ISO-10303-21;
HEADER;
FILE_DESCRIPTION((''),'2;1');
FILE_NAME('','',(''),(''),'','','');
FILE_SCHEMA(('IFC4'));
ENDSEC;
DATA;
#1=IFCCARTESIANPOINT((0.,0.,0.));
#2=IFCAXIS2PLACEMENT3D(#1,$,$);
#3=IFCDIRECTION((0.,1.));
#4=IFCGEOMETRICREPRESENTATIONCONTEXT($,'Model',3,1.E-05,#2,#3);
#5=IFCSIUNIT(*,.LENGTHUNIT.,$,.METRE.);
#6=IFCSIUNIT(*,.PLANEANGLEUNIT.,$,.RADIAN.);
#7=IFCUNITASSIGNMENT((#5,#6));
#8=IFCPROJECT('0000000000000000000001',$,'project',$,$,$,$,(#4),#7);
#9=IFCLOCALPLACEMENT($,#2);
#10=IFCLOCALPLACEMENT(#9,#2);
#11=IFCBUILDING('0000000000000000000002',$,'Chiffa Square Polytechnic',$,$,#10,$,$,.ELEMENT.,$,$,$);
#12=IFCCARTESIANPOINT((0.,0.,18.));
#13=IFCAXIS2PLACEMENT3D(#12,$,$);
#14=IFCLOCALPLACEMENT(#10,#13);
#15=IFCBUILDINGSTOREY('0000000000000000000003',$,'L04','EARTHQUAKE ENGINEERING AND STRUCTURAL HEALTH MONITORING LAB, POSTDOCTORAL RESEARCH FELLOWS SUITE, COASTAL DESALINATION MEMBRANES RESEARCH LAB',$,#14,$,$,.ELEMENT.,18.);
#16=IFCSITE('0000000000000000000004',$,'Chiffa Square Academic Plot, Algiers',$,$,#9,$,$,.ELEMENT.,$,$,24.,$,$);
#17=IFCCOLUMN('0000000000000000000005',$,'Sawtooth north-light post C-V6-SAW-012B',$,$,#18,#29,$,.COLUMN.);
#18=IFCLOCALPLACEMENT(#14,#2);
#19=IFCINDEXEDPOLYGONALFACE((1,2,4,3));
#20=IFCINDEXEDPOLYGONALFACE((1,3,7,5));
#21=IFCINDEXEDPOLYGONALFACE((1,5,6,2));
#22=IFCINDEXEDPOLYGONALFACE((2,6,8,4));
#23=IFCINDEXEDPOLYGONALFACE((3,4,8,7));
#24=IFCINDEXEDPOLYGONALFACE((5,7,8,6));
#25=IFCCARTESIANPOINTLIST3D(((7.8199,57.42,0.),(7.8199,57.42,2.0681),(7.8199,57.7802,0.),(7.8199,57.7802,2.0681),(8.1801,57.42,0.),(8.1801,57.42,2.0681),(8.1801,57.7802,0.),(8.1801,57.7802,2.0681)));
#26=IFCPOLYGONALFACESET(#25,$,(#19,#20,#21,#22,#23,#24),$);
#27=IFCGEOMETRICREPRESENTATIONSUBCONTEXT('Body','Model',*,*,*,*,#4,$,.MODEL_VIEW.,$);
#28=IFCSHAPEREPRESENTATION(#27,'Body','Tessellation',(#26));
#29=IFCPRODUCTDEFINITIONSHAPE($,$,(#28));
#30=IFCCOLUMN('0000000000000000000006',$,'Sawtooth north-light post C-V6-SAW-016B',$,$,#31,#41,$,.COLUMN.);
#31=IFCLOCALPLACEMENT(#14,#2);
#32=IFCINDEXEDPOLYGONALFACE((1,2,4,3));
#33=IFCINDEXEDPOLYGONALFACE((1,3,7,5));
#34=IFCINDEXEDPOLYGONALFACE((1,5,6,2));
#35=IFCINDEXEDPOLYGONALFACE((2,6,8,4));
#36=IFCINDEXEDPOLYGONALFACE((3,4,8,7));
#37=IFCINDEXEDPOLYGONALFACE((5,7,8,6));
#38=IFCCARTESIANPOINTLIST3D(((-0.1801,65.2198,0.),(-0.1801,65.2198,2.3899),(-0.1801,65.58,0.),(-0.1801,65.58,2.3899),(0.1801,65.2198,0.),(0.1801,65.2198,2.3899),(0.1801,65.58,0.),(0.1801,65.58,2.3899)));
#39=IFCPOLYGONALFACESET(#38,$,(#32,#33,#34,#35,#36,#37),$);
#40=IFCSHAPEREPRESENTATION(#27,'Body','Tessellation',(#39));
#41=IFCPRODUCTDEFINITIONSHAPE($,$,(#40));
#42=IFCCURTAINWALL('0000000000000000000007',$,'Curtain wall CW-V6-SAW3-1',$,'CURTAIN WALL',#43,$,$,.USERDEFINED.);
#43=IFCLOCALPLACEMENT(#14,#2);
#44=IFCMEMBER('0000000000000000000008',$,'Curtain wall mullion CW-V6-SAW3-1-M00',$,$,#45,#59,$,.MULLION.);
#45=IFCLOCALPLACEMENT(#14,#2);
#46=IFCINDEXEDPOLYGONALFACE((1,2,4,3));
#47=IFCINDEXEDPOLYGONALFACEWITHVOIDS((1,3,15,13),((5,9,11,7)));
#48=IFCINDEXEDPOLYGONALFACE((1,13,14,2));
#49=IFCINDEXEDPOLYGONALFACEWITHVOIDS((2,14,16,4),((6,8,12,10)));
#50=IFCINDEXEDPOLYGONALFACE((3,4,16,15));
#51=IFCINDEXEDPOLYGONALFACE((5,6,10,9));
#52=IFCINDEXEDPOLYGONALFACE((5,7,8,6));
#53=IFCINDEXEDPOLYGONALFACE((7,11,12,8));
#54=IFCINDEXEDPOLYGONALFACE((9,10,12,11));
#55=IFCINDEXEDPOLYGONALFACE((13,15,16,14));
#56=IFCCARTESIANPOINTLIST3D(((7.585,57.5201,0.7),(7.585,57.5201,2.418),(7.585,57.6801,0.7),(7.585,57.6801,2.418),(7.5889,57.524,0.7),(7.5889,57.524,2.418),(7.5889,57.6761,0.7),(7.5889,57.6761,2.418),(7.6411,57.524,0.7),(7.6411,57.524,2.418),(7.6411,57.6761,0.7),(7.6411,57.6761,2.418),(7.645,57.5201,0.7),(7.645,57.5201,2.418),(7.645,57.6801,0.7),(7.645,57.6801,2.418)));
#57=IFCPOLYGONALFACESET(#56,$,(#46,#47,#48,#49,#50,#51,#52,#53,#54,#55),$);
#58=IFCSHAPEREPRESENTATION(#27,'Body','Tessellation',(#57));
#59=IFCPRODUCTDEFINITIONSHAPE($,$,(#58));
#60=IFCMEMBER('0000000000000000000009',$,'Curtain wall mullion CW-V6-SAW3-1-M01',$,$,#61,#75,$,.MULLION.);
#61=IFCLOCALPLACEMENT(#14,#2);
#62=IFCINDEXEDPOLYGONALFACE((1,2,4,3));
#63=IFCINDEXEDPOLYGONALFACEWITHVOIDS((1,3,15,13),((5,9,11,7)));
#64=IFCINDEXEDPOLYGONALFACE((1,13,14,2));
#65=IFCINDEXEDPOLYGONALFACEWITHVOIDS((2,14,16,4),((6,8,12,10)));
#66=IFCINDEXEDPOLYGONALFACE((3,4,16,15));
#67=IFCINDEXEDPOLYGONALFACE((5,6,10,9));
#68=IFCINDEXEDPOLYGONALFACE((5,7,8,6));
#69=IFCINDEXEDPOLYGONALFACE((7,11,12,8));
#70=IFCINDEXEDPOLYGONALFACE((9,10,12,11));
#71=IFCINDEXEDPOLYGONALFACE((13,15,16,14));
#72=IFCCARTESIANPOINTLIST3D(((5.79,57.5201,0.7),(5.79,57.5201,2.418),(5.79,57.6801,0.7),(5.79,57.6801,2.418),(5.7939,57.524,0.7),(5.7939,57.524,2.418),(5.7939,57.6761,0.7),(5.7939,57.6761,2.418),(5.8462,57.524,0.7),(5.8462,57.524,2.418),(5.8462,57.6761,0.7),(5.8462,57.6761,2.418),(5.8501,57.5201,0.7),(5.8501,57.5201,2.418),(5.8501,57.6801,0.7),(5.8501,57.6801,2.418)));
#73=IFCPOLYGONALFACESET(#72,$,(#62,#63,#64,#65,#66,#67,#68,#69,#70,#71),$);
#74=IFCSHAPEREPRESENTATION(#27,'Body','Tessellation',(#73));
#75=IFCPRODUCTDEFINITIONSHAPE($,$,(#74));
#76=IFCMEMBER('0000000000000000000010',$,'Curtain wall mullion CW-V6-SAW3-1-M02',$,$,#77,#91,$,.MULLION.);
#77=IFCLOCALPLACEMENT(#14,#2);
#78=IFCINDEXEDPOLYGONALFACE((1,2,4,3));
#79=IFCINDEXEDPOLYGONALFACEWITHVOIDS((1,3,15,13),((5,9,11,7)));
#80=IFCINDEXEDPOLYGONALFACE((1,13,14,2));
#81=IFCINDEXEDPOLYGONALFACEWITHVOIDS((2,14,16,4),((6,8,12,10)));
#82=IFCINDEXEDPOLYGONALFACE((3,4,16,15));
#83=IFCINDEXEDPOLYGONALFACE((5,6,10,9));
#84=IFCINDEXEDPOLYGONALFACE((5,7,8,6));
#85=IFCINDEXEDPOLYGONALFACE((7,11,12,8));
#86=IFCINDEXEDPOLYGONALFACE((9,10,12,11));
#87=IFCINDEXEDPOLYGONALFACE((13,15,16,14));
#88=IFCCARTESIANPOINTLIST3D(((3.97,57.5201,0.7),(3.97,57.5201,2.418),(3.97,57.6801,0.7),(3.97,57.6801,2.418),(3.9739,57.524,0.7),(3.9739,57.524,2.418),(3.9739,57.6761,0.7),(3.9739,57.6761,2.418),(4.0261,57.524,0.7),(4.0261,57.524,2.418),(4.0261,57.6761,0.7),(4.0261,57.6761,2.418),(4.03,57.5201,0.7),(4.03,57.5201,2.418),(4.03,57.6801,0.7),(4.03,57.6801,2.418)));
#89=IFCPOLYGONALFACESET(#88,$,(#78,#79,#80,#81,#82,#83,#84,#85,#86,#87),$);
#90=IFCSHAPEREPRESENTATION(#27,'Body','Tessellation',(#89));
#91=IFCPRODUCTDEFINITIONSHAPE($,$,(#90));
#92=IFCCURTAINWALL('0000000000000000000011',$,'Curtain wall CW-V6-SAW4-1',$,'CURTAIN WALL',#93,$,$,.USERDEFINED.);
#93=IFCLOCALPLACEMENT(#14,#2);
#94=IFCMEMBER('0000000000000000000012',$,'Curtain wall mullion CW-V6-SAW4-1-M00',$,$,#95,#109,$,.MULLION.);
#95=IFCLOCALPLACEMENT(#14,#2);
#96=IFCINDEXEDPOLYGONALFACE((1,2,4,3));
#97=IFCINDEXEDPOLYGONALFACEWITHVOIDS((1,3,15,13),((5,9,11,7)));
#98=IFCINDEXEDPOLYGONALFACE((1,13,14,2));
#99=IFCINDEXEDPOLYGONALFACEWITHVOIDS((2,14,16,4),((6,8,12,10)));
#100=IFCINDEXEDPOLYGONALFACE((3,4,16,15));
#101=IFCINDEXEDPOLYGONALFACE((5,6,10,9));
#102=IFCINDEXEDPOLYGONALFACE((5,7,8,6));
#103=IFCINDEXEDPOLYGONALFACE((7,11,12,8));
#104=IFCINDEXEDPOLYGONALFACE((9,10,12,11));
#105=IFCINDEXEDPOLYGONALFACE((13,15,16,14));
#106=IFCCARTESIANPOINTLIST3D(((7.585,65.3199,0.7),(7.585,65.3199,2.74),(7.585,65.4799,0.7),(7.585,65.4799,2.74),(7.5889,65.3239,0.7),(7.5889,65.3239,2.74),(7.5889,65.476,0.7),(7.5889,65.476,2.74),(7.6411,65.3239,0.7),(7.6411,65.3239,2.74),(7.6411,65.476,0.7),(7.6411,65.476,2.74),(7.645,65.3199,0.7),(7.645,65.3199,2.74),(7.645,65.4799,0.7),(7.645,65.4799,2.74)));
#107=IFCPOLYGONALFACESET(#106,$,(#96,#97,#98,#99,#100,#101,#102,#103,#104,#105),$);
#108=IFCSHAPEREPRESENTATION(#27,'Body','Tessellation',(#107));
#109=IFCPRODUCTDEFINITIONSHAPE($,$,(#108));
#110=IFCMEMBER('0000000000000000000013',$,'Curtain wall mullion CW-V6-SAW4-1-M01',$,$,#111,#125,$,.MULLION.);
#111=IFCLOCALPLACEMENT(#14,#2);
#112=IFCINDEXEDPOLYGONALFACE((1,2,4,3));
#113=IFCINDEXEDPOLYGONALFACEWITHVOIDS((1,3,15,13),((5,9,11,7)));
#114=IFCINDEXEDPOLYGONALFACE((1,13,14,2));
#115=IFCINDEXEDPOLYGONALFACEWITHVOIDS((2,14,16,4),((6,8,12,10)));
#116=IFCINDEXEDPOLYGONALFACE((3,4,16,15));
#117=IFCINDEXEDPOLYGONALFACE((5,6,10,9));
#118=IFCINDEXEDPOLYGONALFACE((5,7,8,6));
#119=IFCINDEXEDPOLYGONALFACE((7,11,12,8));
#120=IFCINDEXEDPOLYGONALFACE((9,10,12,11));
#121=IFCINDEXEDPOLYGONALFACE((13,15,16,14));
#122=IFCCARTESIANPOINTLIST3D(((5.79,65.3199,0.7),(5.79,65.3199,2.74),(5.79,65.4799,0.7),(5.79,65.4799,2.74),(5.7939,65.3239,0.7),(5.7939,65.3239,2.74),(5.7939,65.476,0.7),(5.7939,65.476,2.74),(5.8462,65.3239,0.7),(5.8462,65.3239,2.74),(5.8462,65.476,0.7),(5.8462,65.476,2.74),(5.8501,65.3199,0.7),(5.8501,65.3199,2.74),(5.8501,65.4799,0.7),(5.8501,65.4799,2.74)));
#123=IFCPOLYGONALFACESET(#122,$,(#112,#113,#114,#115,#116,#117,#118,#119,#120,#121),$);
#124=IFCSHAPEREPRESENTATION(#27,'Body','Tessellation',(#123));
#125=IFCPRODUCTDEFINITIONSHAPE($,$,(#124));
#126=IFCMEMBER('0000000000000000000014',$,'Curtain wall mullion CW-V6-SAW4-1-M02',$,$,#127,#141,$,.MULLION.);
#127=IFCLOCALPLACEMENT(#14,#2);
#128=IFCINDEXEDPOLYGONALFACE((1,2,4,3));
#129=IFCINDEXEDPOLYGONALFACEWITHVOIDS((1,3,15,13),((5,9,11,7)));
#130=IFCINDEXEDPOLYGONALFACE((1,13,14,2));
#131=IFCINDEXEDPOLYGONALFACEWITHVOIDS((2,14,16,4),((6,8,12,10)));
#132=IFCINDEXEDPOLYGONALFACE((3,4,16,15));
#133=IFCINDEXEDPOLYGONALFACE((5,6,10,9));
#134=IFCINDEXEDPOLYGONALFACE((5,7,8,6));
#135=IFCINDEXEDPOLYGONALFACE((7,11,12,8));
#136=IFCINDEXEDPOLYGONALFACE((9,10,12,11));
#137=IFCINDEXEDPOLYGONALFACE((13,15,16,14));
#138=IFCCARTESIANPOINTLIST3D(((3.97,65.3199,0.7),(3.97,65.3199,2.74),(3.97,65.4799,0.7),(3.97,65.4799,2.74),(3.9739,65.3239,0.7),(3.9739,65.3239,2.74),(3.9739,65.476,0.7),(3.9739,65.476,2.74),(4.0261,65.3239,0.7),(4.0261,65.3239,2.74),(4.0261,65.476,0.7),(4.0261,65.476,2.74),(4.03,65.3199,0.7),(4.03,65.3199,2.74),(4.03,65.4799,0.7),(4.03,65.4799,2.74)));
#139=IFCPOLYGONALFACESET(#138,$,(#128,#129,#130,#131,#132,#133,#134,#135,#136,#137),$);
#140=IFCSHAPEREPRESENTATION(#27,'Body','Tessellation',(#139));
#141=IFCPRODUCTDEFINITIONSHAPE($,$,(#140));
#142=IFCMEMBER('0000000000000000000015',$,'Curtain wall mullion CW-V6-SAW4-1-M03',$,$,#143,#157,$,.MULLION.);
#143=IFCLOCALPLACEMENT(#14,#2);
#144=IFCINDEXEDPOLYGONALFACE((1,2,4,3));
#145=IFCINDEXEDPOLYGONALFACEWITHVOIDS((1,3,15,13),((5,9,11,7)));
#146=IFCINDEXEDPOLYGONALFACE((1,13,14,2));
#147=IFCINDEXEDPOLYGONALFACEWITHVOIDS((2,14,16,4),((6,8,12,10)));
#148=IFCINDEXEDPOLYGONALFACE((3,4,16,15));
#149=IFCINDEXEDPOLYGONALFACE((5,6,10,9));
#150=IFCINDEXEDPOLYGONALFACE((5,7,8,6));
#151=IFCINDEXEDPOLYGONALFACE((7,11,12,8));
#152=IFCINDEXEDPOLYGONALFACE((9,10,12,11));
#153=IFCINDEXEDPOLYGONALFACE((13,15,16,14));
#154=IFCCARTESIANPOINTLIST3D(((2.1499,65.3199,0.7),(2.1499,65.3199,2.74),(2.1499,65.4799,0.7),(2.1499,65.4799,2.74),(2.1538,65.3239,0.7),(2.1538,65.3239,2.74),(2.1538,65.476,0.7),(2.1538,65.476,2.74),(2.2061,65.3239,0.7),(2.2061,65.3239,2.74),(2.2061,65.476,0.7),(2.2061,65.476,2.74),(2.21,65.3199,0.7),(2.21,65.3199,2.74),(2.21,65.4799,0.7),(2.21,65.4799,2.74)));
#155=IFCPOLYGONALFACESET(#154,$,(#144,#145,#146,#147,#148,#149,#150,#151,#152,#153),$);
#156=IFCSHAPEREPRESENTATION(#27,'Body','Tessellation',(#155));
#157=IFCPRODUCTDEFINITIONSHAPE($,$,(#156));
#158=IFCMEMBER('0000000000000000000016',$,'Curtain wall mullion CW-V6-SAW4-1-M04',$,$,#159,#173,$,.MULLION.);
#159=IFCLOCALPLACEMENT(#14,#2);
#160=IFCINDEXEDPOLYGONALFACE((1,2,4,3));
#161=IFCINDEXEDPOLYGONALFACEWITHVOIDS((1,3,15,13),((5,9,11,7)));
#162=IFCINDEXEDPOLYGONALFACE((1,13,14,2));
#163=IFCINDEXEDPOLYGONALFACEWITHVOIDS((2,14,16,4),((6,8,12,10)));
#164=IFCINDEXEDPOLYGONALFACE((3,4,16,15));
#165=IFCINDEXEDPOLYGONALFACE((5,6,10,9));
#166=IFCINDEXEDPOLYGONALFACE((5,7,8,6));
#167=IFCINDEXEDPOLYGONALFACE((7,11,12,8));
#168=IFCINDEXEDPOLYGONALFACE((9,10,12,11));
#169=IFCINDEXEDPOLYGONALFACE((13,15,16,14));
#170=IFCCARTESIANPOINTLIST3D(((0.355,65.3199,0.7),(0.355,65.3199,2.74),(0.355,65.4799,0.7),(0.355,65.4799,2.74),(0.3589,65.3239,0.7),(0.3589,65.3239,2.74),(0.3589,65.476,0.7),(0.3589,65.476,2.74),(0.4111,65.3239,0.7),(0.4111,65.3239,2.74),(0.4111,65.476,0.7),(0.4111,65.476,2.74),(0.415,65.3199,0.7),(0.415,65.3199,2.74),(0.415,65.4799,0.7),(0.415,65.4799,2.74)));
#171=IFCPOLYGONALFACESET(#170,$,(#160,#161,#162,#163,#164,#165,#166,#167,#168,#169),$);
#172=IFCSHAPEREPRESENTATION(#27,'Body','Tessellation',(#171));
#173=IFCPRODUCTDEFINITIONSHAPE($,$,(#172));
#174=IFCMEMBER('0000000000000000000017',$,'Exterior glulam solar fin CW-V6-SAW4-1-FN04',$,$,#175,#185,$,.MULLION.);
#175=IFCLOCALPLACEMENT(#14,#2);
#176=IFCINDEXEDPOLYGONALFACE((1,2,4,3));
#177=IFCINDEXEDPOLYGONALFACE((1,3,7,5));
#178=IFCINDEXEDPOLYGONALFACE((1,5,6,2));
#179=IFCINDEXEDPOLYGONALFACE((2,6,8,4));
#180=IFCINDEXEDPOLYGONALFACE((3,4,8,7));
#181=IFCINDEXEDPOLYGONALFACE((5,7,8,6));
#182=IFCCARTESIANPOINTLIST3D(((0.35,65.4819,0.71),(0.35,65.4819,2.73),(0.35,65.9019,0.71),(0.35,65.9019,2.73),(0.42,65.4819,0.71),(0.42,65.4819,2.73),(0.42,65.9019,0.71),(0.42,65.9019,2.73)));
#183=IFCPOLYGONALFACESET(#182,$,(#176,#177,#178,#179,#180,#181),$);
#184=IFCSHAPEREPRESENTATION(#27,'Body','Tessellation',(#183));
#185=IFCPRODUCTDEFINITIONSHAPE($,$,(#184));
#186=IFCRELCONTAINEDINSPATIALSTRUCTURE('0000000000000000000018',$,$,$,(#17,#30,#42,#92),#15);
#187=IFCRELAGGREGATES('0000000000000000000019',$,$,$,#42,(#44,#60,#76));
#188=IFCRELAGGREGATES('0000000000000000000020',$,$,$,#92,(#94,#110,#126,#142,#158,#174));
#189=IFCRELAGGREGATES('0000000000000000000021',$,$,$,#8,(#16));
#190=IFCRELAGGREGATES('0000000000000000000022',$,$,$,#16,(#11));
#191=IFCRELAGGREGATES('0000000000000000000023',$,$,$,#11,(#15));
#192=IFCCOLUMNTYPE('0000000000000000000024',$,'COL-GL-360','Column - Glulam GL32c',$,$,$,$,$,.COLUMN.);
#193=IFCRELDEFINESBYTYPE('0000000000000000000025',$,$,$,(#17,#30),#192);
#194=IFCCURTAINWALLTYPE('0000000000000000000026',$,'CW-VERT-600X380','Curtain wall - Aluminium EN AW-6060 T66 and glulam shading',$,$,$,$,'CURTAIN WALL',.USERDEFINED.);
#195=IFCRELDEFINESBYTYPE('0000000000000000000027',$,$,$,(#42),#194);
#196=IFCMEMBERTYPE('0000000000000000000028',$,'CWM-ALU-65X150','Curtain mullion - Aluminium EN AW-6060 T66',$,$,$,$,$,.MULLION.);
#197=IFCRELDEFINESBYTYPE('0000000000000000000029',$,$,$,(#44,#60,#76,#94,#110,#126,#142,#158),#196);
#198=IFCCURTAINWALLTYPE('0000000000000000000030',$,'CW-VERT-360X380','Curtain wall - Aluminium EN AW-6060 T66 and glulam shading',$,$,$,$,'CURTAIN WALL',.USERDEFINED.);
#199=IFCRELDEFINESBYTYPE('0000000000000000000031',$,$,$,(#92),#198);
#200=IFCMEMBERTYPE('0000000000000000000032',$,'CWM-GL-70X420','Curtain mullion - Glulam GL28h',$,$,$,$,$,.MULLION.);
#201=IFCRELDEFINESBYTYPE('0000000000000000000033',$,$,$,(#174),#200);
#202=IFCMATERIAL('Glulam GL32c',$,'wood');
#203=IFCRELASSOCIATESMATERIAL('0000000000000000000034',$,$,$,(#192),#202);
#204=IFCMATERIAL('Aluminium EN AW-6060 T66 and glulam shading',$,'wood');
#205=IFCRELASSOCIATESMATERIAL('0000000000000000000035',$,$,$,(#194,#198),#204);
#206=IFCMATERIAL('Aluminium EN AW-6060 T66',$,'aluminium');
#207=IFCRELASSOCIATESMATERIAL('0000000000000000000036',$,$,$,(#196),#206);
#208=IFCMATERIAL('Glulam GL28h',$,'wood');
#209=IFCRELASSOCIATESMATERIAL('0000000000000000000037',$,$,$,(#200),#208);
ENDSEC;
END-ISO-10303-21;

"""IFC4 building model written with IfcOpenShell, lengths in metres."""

from ifc_helpers import new_model, si_unit, direction, frame, origin, origin_2d, place, context, subcontext, project, spatial, rectangle, hollow_rectangle, extrude, material, material_profile, profile_set, type_object, element, aggregate, save


model = new_model("IFC4")

# Units and contexts
model_context = context("Model", 3, precision=1e-05, world=origin(), true_north=direction((0.0, 1.0)))
body_context = subcontext(model_context, "Body", "Model", "MODEL_VIEW")
ifc_project = project(units=[si_unit("LENGTHUNIT", "METRE"), si_unit("PLANEANGLEUNIT", "RADIAN")], contexts=[model_context])

# Site, building, storey
site_placement = place(None, origin())
site = spatial("IfcSite", under=ifc_project, at=site_placement, Name="Chiffa Square Academic Plot, Algiers", CompositionType="ELEMENT", RefElevation=24.0)
building_placement = place(site_placement, origin())
building = spatial("IfcBuilding", under=site, at=building_placement, Name="Chiffa Square Polytechnic", CompositionType="ELEMENT")
storey_placement = place(building_placement, frame((0.0, 0.0, 18.0)))
storey = spatial("IfcBuildingStorey", under=building, at=storey_placement, Name="L04", Description="EARTHQUAKE ENGINEERING AND STRUCTURAL HEALTH MONITORING LAB, POSTDOCTORAL RESEARCH FELLOWS SUITE, COASTAL DESALINATION MEMBRANES RESEARCH LAB", CompositionType="ELEMENT", Elevation=18.0)

# Columns
ifc_material_1 = material(Name="Glulam GL32c", Category="wood")
ifc_material_profile_1 = material_profile(ifc_material_1, rectangle(XDim=0.3601, YDim=0.3601, at=origin_2d()), Name="GL32c 360x360")
ifc_profile_set_1 = profile_set([ifc_material_profile_1], Name="Glulam GL32c")
column_type = type_object("IfcColumnType", Name="COL-GL-360", Description="Column - Glulam GL32c", PredefinedType="COLUMN", material=ifc_profile_set_1)
column_1_placement = place(storey_placement, frame((8.0, 57.6001, 0.0), z_axis=(0.0, 0.0, 1.0), x_axis=(1.0, 0.0, 0.0)))
element("IfcColumn", 1, at=column_1_placement, inside=storey, type_object=column_type, Name="Sawtooth north-light post C-V6-SAW-012B", PredefinedType="COLUMN", context=body_context, shape_type="SweptSolid", body=[
    extrude(rectangle(XDim=0.3601, YDim=0.3601, at=origin_2d()), origin(), (0.0, 0.0, 1.0), 2.0681),
])
column_2_placement = place(storey_placement, frame((0.0, 65.3999, 0.0), z_axis=(0.0, 0.0, 1.0), x_axis=(1.0, 0.0, 0.0)))
element("IfcColumn", 2, at=column_2_placement, inside=storey, type_object=column_type, Name="Sawtooth north-light post C-V6-SAW-016B", PredefinedType="COLUMN", context=body_context, shape_type="SweptSolid", body=[
    extrude(rectangle(XDim=0.3601, YDim=0.3601, at=origin_2d()), origin(), (0.0, 0.0, 1.0), 2.3899),
])

# Curtain walls, members
ifc_material_2 = material(Name="Aluminium EN AW-6060 T66 and glulam shading", Category="wood")
curtain_wall_type_1 = type_object("IfcCurtainWallType", Name="CW-VERT-600X380", Description="Curtain wall - Aluminium EN AW-6060 T66 and glulam shading", ElementType="CURTAIN WALL", PredefinedType="USERDEFINED", material=ifc_material_2)
curtain_wall_1_placement = place(storey_placement, origin())
curtain_wall_1 = element("IfcCurtainWall", 3, at=curtain_wall_1_placement, inside=storey, type_object=curtain_wall_type_1, Name="Curtain wall CW-V6-SAW3-1", ObjectType="CURTAIN WALL", PredefinedType="USERDEFINED")
ifc_material_3 = material(Name="Aluminium EN AW-6060 T66", Category="aluminium")
ifc_material_profile_2 = material_profile(ifc_material_3, hollow_rectangle(XDim=0.0601, YDim=0.1599, WallThickness=0.0039, at=origin_2d()), Name="ALU 60x160x4")
ifc_profile_set_2 = profile_set([ifc_material_profile_2], Name="Aluminium EN AW-6060 T66")
member_type_1 = type_object("IfcMemberType", Name="CWM-ALU-65X150", Description="Curtain mullion - Aluminium EN AW-6060 T66", PredefinedType="MULLION", material=ifc_profile_set_2)
member_1_placement = place(storey_placement, frame((7.615, 57.6001, 0.7), z_axis=(0.0, 0.0, 1.0), x_axis=(1.0, 0.0, 0.0)))
member_1 = element("IfcMember", 4, at=member_1_placement, type_object=member_type_1, Name="Curtain wall mullion CW-V6-SAW3-1-M00", PredefinedType="MULLION", context=body_context, shape_type="SweptSolid", body=[
    extrude(hollow_rectangle(XDim=0.0601, YDim=0.1599, WallThickness=0.0039, at=origin_2d()), origin(), (0.0, 0.0, 1.0), 1.718),
])
member_2_placement = place(storey_placement, frame((5.8201, 57.6001, 0.7), z_axis=(0.0, 0.0, 1.0), x_axis=(1.0, 0.0, 0.0)))
member_2 = element("IfcMember", 5, at=member_2_placement, type_object=member_type_1, Name="Curtain wall mullion CW-V6-SAW3-1-M01", PredefinedType="MULLION", context=body_context, shape_type="SweptSolid", body=[
    extrude(hollow_rectangle(XDim=0.0601, YDim=0.1599, WallThickness=0.0039, at=origin_2d()), origin(), (0.0, 0.0, 1.0), 1.718),
])
member_3_placement = place(storey_placement, frame((4.0, 57.6001, 0.7), z_axis=(0.0, 0.0, 1.0), x_axis=(1.0, 0.0, 0.0)))
member_3 = element("IfcMember", 6, at=member_3_placement, type_object=member_type_1, Name="Curtain wall mullion CW-V6-SAW3-1-M02", PredefinedType="MULLION", context=body_context, shape_type="SweptSolid", body=[
    extrude(hollow_rectangle(XDim=0.0601, YDim=0.1599, WallThickness=0.0039, at=origin_2d()), origin(), (0.0, 0.0, 1.0), 1.718),
])
curtain_wall_type_2 = type_object("IfcCurtainWallType", Name="CW-VERT-360X380", Description="Curtain wall - Aluminium EN AW-6060 T66 and glulam shading", ElementType="CURTAIN WALL", PredefinedType="USERDEFINED", material=ifc_material_2)
curtain_wall_2_placement = place(storey_placement, origin())
curtain_wall_2 = element("IfcCurtainWall", 7, at=curtain_wall_2_placement, inside=storey, type_object=curtain_wall_type_2, Name="Curtain wall CW-V6-SAW4-1", ObjectType="CURTAIN WALL", PredefinedType="USERDEFINED")
member_4_placement = place(storey_placement, frame((7.615, 65.3999, 0.7), z_axis=(0.0, 0.0, 1.0), x_axis=(1.0, 0.0, 0.0)))
member_4 = element("IfcMember", 8, at=member_4_placement, type_object=member_type_1, Name="Curtain wall mullion CW-V6-SAW4-1-M00", PredefinedType="MULLION", context=body_context, shape_type="SweptSolid", body=[
    extrude(hollow_rectangle(XDim=0.0601, YDim=0.1599, WallThickness=0.0039, at=origin_2d()), origin(), (0.0, 0.0, 1.0), 2.04),
])
member_5_placement = place(storey_placement, frame((5.8201, 65.3999, 0.7), z_axis=(0.0, 0.0, 1.0), x_axis=(1.0, 0.0, 0.0)))
member_5 = element("IfcMember", 9, at=member_5_placement, type_object=member_type_1, Name="Curtain wall mullion CW-V6-SAW4-1-M01", PredefinedType="MULLION", context=body_context, shape_type="SweptSolid", body=[
    extrude(hollow_rectangle(XDim=0.0601, YDim=0.1599, WallThickness=0.0039, at=origin_2d()), origin(), (0.0, 0.0, 1.0), 2.04),
])
member_6_placement = place(storey_placement, frame((4.0, 65.3999, 0.7), z_axis=(0.0, 0.0, 1.0), x_axis=(1.0, 0.0, 0.0)))
member_6 = element("IfcMember", 10, at=member_6_placement, type_object=member_type_1, Name="Curtain wall mullion CW-V6-SAW4-1-M02", PredefinedType="MULLION", context=body_context, shape_type="SweptSolid", body=[
    extrude(hollow_rectangle(XDim=0.0601, YDim=0.1599, WallThickness=0.0039, at=origin_2d()), origin(), (0.0, 0.0, 1.0), 2.04),
])
member_7_placement = place(storey_placement, frame((2.1799, 65.3999, 0.7), z_axis=(0.0, 0.0, 1.0), x_axis=(1.0, 0.0, 0.0)))
member_7 = element("IfcMember", 11, at=member_7_placement, type_object=member_type_1, Name="Curtain wall mullion CW-V6-SAW4-1-M03", PredefinedType="MULLION", context=body_context, shape_type="SweptSolid", body=[
    extrude(hollow_rectangle(XDim=0.0601, YDim=0.1599, WallThickness=0.0039, at=origin_2d()), origin(), (0.0, 0.0, 1.0), 2.04),
])
member_8_placement = place(storey_placement, frame((0.385, 65.3999, 0.7), z_axis=(0.0, 0.0, 1.0), x_axis=(1.0, 0.0, 0.0)))
member_8 = element("IfcMember", 12, at=member_8_placement, type_object=member_type_1, Name="Curtain wall mullion CW-V6-SAW4-1-M04", PredefinedType="MULLION", context=body_context, shape_type="SweptSolid", body=[
    extrude(hollow_rectangle(XDim=0.0601, YDim=0.1599, WallThickness=0.0039, at=origin_2d()), origin(), (0.0, 0.0, 1.0), 2.04),
])
ifc_material_4 = material(Name="Glulam GL28h", Category="wood")
ifc_material_profile_3 = material_profile(ifc_material_4, rectangle(XDim=0.0701, YDim=0.4199, at=origin_2d()), Name="GL28h 70x420")
ifc_profile_set_3 = profile_set([ifc_material_profile_3], Name="Glulam GL28h")
member_type_2 = type_object("IfcMemberType", Name="CWM-GL-70X420", Description="Curtain mullion - Glulam GL28h", PredefinedType="MULLION", material=ifc_profile_set_3)
member_9_placement = place(storey_placement, frame((0.385, 65.6919, 0.71), z_axis=(0.0, 0.0, 1.0), x_axis=(-1.0, 0.0, 0.0)))
member_9 = element("IfcMember", 13, at=member_9_placement, type_object=member_type_2, Name="Exterior glulam solar fin CW-V6-SAW4-1-FN04", PredefinedType="MULLION", context=body_context, shape_type="SweptSolid", body=[
    extrude(rectangle(XDim=0.0701, YDim=0.4199, at=origin_2d()), origin(), (0.0, 0.0, 1.0), 2.02),
])

aggregate(curtain_wall_1, [member_1, member_2, member_3])
aggregate(curtain_wall_2, [member_4, member_5, member_6, member_7, member_8, member_9])

save(model, "model.ifc")
